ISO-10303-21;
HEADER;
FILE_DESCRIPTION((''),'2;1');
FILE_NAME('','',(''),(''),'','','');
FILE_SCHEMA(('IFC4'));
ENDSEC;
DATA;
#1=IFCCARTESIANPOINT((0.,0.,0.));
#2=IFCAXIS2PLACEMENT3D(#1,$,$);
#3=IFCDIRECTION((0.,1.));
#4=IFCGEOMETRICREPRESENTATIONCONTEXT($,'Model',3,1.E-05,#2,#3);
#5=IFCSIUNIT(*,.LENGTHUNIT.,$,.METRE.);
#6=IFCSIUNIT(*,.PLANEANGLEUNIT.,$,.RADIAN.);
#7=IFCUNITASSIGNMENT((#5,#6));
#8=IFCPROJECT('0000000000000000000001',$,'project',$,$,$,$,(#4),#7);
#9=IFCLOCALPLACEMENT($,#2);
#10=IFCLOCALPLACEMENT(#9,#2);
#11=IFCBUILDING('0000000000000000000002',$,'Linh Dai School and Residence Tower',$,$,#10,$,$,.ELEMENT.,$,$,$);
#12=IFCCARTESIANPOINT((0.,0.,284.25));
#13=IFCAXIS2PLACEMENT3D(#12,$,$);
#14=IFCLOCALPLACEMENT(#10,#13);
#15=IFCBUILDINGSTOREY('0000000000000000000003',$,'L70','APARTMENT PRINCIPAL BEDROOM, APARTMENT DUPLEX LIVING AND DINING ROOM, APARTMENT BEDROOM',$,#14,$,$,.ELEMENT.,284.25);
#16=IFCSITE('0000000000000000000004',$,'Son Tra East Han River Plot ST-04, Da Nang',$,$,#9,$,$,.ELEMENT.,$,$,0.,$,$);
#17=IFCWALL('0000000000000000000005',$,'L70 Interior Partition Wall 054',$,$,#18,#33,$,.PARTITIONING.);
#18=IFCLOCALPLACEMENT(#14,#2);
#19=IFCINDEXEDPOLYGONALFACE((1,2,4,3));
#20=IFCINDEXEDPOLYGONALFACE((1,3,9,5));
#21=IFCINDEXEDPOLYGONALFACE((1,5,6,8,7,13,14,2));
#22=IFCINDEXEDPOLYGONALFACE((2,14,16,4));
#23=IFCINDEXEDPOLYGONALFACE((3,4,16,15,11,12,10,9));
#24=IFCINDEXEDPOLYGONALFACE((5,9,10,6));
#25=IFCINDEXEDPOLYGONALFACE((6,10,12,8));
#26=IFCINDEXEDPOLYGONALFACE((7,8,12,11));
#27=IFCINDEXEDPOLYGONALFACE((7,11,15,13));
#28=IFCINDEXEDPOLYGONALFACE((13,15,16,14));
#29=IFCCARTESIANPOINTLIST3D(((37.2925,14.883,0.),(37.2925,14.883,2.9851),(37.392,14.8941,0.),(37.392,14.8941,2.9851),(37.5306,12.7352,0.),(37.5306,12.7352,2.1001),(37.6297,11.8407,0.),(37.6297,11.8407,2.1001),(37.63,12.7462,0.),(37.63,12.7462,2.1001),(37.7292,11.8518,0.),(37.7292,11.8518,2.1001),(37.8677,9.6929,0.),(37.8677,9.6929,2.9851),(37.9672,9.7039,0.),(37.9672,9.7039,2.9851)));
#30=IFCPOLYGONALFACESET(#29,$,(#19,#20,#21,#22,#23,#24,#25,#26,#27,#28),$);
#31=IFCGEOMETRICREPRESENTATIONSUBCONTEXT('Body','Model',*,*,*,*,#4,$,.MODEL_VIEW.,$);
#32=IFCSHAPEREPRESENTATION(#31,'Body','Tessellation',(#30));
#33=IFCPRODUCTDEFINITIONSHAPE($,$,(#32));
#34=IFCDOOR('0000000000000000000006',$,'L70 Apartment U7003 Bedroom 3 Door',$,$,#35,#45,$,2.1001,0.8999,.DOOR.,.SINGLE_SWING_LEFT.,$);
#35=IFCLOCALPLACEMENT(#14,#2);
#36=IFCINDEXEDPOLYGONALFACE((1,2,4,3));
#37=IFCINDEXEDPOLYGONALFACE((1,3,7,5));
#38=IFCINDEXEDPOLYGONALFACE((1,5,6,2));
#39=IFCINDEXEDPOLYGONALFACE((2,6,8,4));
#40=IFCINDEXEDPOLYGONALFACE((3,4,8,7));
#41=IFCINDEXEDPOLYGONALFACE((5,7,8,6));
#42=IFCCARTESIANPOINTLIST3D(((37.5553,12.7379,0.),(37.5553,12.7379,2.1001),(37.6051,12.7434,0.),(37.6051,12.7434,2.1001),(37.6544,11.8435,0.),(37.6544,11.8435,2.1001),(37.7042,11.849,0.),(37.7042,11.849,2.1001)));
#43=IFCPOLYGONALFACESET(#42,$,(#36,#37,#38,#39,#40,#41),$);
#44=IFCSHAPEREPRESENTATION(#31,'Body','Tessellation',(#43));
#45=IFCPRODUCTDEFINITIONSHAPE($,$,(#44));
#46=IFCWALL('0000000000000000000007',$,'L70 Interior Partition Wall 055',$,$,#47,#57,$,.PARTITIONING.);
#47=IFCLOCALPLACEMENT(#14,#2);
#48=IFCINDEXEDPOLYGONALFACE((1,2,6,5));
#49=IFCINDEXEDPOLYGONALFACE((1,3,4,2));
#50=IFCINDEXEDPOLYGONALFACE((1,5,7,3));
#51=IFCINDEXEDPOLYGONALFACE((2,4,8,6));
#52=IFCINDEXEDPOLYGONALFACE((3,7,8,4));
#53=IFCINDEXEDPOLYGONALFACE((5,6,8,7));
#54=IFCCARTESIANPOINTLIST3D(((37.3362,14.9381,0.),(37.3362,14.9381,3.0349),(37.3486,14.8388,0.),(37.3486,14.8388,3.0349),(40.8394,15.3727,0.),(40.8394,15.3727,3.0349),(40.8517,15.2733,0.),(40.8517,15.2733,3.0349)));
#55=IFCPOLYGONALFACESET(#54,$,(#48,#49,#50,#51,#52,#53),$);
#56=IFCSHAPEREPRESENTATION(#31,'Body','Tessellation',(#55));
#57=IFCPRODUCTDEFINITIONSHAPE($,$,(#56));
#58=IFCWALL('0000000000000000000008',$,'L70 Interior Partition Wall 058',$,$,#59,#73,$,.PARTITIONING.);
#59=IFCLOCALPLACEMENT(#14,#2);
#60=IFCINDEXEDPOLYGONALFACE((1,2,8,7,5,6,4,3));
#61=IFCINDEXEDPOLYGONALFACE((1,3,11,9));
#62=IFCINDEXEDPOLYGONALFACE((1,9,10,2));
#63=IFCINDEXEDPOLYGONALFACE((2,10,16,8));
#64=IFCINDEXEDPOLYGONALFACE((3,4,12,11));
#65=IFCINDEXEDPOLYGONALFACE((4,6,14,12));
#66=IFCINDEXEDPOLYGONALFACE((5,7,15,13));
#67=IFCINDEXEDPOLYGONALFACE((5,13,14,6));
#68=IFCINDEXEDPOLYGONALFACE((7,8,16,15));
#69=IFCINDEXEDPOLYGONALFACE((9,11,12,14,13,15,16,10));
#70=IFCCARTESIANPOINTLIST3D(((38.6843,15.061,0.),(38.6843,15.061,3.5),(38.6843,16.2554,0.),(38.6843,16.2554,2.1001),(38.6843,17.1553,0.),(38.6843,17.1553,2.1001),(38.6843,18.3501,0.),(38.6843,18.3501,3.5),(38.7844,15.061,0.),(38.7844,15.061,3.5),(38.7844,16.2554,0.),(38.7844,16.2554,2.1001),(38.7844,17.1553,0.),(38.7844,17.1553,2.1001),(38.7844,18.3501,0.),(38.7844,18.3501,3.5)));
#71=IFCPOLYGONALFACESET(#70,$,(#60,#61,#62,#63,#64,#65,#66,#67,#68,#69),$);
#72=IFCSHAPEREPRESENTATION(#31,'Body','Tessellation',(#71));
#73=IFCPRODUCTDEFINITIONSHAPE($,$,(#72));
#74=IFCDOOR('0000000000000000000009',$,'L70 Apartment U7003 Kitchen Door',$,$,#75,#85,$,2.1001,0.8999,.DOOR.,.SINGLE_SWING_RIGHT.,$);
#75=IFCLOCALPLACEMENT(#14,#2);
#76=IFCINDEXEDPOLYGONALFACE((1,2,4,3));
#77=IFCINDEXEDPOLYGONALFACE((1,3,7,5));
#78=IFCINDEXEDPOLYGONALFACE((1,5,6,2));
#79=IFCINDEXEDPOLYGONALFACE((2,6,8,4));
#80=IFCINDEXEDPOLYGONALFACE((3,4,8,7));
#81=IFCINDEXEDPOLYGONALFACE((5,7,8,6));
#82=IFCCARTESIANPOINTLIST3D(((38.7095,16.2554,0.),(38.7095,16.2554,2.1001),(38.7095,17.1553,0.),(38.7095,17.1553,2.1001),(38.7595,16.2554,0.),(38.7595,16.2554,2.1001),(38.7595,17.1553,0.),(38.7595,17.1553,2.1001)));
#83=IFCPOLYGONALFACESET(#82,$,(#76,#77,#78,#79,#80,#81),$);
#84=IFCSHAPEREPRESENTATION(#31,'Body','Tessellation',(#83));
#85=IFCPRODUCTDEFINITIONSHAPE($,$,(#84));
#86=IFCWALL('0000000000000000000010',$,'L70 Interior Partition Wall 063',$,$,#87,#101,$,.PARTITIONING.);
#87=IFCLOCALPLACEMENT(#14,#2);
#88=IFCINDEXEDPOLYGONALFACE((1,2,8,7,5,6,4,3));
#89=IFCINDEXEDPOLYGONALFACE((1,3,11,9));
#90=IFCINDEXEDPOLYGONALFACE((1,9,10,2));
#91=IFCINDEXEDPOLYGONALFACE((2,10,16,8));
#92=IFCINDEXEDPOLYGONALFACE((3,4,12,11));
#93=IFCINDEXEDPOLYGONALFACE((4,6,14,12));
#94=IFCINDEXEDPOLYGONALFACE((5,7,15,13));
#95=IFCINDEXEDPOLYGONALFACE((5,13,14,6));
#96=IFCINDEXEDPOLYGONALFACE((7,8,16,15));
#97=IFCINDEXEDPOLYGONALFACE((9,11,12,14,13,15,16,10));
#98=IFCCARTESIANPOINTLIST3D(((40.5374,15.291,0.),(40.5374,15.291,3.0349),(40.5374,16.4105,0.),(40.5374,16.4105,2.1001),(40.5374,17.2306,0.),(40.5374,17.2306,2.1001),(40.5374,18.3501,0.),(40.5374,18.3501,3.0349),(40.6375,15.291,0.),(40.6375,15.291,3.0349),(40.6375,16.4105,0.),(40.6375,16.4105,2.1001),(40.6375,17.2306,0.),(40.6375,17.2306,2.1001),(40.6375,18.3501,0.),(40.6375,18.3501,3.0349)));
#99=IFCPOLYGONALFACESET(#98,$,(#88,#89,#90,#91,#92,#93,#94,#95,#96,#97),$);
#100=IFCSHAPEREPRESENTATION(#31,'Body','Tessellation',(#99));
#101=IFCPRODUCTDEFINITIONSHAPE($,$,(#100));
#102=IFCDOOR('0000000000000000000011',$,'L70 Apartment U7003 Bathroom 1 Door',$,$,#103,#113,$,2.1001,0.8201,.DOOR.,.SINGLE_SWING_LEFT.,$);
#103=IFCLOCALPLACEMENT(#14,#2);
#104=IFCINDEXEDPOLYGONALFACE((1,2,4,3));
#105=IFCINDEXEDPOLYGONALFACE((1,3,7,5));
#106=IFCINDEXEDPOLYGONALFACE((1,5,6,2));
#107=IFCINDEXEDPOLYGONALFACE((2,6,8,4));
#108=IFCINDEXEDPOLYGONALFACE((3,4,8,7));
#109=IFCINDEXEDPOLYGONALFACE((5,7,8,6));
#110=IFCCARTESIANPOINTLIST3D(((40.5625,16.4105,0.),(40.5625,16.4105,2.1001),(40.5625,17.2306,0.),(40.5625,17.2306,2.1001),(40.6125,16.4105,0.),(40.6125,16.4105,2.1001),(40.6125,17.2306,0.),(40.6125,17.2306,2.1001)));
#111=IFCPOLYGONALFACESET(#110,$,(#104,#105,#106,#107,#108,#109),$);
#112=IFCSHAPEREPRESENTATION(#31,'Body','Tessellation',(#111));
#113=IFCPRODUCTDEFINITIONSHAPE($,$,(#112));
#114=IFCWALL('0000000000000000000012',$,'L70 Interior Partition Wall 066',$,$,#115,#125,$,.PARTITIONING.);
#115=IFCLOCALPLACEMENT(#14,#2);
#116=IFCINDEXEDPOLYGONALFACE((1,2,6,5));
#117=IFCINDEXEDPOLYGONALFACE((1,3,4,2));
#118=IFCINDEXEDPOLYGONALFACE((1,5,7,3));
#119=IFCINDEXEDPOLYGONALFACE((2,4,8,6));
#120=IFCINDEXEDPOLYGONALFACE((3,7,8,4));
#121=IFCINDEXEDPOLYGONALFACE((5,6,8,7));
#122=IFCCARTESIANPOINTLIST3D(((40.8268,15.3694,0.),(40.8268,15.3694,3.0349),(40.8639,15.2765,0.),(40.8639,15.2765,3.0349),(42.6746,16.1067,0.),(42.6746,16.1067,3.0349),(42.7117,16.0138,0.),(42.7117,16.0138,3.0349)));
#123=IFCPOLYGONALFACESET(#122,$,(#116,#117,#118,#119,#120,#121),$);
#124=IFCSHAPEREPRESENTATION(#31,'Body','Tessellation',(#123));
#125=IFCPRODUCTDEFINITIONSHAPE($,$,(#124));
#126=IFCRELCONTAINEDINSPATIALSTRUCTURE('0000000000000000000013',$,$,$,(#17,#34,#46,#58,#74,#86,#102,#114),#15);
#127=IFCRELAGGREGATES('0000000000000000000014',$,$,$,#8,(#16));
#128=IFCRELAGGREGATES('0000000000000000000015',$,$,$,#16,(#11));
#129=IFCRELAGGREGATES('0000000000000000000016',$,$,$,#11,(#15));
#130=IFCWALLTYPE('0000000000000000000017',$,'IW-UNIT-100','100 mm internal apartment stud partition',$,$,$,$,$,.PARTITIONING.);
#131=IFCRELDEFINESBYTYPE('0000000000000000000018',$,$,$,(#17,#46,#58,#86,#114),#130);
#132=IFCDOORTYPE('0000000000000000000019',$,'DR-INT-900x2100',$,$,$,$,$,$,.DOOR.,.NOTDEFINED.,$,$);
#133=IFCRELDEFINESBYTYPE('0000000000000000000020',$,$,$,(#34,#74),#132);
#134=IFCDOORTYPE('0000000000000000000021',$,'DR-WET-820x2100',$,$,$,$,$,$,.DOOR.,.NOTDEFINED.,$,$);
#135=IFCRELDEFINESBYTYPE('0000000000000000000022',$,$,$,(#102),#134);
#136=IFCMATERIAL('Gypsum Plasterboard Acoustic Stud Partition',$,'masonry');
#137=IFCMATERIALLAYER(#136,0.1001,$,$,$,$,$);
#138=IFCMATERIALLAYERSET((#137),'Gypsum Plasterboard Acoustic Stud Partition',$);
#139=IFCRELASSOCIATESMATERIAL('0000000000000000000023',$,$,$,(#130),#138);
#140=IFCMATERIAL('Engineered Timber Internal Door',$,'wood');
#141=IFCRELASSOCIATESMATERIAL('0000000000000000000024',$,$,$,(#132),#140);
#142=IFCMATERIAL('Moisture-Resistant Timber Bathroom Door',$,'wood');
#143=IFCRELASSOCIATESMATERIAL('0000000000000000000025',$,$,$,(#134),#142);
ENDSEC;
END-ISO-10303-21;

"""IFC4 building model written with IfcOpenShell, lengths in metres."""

from ifc_helpers import new_model, si_unit, direction, frame, frame_2d, origin, origin_2d, place, context, subcontext, project, spatial, rectangle, extrude, source, transform, mapped, material, layer, layer_set, type_object, element, fill, save


model = new_model("IFC4")

# Units and contexts
model_context = context("Model", 3, precision=1e-05, world=origin(), true_north=direction((0.0, 1.0)))
body_context = subcontext(model_context, "Body", "Model", "MODEL_VIEW")
ifc_project = project(units=[si_unit("LENGTHUNIT", "METRE"), si_unit("PLANEANGLEUNIT", "RADIAN")], contexts=[model_context])

# Site, building, storey
site_placement = place(None, origin())
site = spatial("IfcSite", under=ifc_project, at=site_placement, Name="Son Tra East Han River Plot ST-04, Da Nang", CompositionType="ELEMENT", RefElevation=0.0)
building_placement = place(site_placement, origin())
building = spatial("IfcBuilding", under=site, at=building_placement, Name="Linh Dai School and Residence Tower", CompositionType="ELEMENT")
storey_placement = place(building_placement, frame((0.0, 0.0, 284.25)))
storey = spatial("IfcBuildingStorey", under=building, at=storey_placement, Name="L70", Description="APARTMENT PRINCIPAL BEDROOM, APARTMENT DUPLEX LIVING AND DINING ROOM, APARTMENT BEDROOM", CompositionType="ELEMENT", Elevation=284.25)

# Wall, opening, door
ifc_material_1 = material(Name="Gypsum Plasterboard Acoustic Stud Partition", Category="masonry")
ifc_layer_1 = layer(ifc_material_1, 0.1001)
ifc_layer_set_1 = layer_set([ifc_layer_1], Name="Gypsum Plasterboard Acoustic Stud Partition")
wall_type_1 = type_object("IfcWallType", Name="IW-UNIT-100", Description="100 mm internal apartment stud partition", PredefinedType="PARTITIONING", material=ifc_layer_set_1)
wall_1_placement = place(storey_placement, frame((37.3423, 14.8884, 0.0), z_axis=(0.0, 0.0, 1.0), x_axis=(0.110149, -0.993915, 0.0)))
wall_1 = element("IfcWall", 1, at=wall_1_placement, inside=storey, type_object=wall_type_1, Name="L70 Interior Partition Wall 054", PredefinedType="PARTITIONING", context=body_context, shape_type="SweptSolid", body=[
    extrude(rectangle(XDim=5.2219, YDim=0.1001, at=frame_2d((2.6108, 0.0))), origin(), (0.0, 0.0, 1.0), 2.9851),
])
opening_1_placement = place(wall_1_placement, frame((2.1609, 0.0, 0.0)))
opening_1 = element("IfcOpeningElement", 2, at=opening_1_placement, cuts=wall_1, PredefinedType="OPENING", context=body_context, shape_type="SweptSolid", body=[
    extrude(rectangle(XDim=0.8999, YDim=2.1001, at=origin_2d()), frame((0.45, 0.0601, 1.05), z_axis=(0.0, -1.0, 0.0), x_axis=(1.0, 0.0, 0.0)), (0.0, 0.0, 1.0), 0.1201),
])
ifc_material_2 = material(Name="Engineered Timber Internal Door", Category="wood")
door_type_1 = type_object("IfcDoorType", Name="DR-INT-900x2100", OperationType="NOTDEFINED", PredefinedType="DOOR", material=ifc_material_2)
shared_shape_1 = source(origin(), body_context, "Body", "SweptSolid", [
    extrude(rectangle(XDim=0.8999, YDim=2.1001, at=origin_2d()), frame((0.45, 0.0249, 1.05), z_axis=(0.0, -1.0, 0.0), x_axis=(1.0, 0.0, 0.0)), (0.0, 0.0, 1.0), 0.05),
])
door_1_placement = place(opening_1_placement, origin())
door_1 = element("IfcDoor", 3, at=door_1_placement, inside=storey, type_object=door_type_1, Name="L70 Apartment U7003 Bedroom 3 Door", OperationType="SINGLE_SWING_LEFT", OverallHeight=2.1001, OverallWidth=0.8999, PredefinedType="DOOR", context=body_context, shape_type="MappedRepresentation", body=[
    mapped(shared_shape_1, transform((0.0, 0.0, 0.0), x_axis=(1.0, 0.0, 0.0), y_axis=(0.0, 1.0, 0.0), z_axis=(0.0, 0.0, 1.0), scale=1.0)),
])
fill(opening_1, door_1)

# Wall
wall_2_placement = place(storey_placement, frame((37.3423, 14.8884, 0.0), z_axis=(0.0, 0.0, 1.0), x_axis=(0.992393, 0.123107, 0.0)))
element("IfcWall", 4, at=wall_2_placement, inside=storey, type_object=wall_type_1, Name="L70 Interior Partition Wall 055", PredefinedType="PARTITIONING", context=body_context, shape_type="SweptSolid", body=[
    extrude(rectangle(XDim=3.53, YDim=0.1001, at=frame_2d((1.7651, 0.0))), origin(), (0.0, 0.0, 1.0), 3.0349),
])

# Walls, openings, doors
wall_3_placement = place(storey_placement, frame((38.7344, 15.061, 0.0), z_axis=(0.0, 0.0, 1.0), x_axis=(0.0, 1.0, 0.0)))
wall_3 = element("IfcWall", 5, at=wall_3_placement, inside=storey, type_object=wall_type_1, Name="L70 Interior Partition Wall 058", PredefinedType="PARTITIONING", context=body_context, shape_type="SweptSolid", body=[
    extrude(rectangle(XDim=3.2891, YDim=0.1001, at=frame_2d((1.6445, 0.0))), origin(), (0.0, 0.0, 1.0), 3.5),
])
opening_2_placement = place(wall_3_placement, frame((1.1943, 0.0, 0.0)))
opening_2 = element("IfcOpeningElement", 6, at=opening_2_placement, cuts=wall_3, PredefinedType="OPENING", context=body_context, shape_type="SweptSolid", body=[
    extrude(rectangle(XDim=0.8999, YDim=2.1001, at=origin_2d()), frame((0.45, 0.0601, 1.05), z_axis=(0.0, -1.0, 0.0), x_axis=(1.0, 0.0, 0.0)), (0.0, 0.0, 1.0), 0.1201),
])
door_2_placement = place(opening_2_placement, origin())
door_2 = element("IfcDoor", 7, at=door_2_placement, inside=storey, type_object=door_type_1, Name="L70 Apartment U7003 Kitchen Door", OperationType="SINGLE_SWING_RIGHT", OverallHeight=2.1001, OverallWidth=0.8999, PredefinedType="DOOR", context=body_context, shape_type="MappedRepresentation", body=[
    mapped(shared_shape_1, transform((0.0, 0.0, 0.0), x_axis=(1.0, 0.0, 0.0), y_axis=(0.0, 1.0, 0.0), z_axis=(0.0, 0.0, 1.0), scale=1.0)),
])
fill(opening_2, door_2)
wall_4_placement = place(storey_placement, frame((40.5874, 15.291, 0.0), z_axis=(0.0, 0.0, 1.0), x_axis=(0.0, 1.0, 0.0)))
wall_4 = element("IfcWall", 8, at=wall_4_placement, inside=storey, type_object=wall_type_1, Name="L70 Interior Partition Wall 063", PredefinedType="PARTITIONING", context=body_context, shape_type="SweptSolid", body=[
    extrude(rectangle(XDim=3.0591, YDim=0.1001, at=frame_2d((1.5295, 0.0))), origin(), (0.0, 0.0, 1.0), 3.0349),
])
opening_3_placement = place(wall_4_placement, frame((1.1194, 0.0, 0.0)))
opening_3 = element("IfcOpeningElement", 9, at=opening_3_placement, cuts=wall_4, PredefinedType="OPENING", context=body_context, shape_type="SweptSolid", body=[
    extrude(rectangle(XDim=0.8201, YDim=2.1001, at=origin_2d()), frame((0.4102, 0.0601, 1.05), z_axis=(0.0, -1.0, 0.0), x_axis=(1.0, 0.0, 0.0)), (0.0, 0.0, 1.0), 0.1201),
])
ifc_material_3 = material(Name="Moisture-Resistant Timber Bathroom Door", Category="wood")
door_type_2 = type_object("IfcDoorType", Name="DR-WET-820x2100", OperationType="NOTDEFINED", PredefinedType="DOOR", material=ifc_material_3)
shared_shape_2 = source(origin(), body_context, "Body", "SweptSolid", [
    extrude(rectangle(XDim=0.8201, YDim=2.1001, at=origin_2d()), frame((0.4102, 0.0249, 1.05), z_axis=(0.0, -1.0, 0.0), x_axis=(1.0, 0.0, 0.0)), (0.0, 0.0, 1.0), 0.05),
])
door_3_placement = place(opening_3_placement, origin())
door_3 = element("IfcDoor", 10, at=door_3_placement, inside=storey, type_object=door_type_2, Name="L70 Apartment U7003 Bathroom 1 Door", OperationType="SINGLE_SWING_LEFT", OverallHeight=2.1001, OverallWidth=0.8201, PredefinedType="DOOR", context=body_context, shape_type="MappedRepresentation", body=[
    mapped(shared_shape_2, transform((0.0, 0.0, 0.0), x_axis=(1.0, 0.0, 0.0), y_axis=(0.0, 1.0, 0.0), z_axis=(0.0, 0.0, 1.0), scale=1.0)),
])
fill(opening_3, door_3)

# Wall
wall_5_placement = place(storey_placement, frame((40.8455, 15.323, 0.0), z_axis=(0.0, 0.0, 1.0), x_axis=(0.928798, 0.370587, 0.0)))
element("IfcWall", 11, at=wall_5_placement, inside=storey, type_object=wall_type_1, Name="L70 Interior Partition Wall 066", PredefinedType="PARTITIONING", context=body_context, shape_type="SweptSolid", body=[
    extrude(rectangle(XDim=1.9895, YDim=0.1001, at=frame_2d((0.9946, 0.0))), origin(), (0.0, 0.0, 1.0), 3.0349),
])

save(model, "model.ifc")
